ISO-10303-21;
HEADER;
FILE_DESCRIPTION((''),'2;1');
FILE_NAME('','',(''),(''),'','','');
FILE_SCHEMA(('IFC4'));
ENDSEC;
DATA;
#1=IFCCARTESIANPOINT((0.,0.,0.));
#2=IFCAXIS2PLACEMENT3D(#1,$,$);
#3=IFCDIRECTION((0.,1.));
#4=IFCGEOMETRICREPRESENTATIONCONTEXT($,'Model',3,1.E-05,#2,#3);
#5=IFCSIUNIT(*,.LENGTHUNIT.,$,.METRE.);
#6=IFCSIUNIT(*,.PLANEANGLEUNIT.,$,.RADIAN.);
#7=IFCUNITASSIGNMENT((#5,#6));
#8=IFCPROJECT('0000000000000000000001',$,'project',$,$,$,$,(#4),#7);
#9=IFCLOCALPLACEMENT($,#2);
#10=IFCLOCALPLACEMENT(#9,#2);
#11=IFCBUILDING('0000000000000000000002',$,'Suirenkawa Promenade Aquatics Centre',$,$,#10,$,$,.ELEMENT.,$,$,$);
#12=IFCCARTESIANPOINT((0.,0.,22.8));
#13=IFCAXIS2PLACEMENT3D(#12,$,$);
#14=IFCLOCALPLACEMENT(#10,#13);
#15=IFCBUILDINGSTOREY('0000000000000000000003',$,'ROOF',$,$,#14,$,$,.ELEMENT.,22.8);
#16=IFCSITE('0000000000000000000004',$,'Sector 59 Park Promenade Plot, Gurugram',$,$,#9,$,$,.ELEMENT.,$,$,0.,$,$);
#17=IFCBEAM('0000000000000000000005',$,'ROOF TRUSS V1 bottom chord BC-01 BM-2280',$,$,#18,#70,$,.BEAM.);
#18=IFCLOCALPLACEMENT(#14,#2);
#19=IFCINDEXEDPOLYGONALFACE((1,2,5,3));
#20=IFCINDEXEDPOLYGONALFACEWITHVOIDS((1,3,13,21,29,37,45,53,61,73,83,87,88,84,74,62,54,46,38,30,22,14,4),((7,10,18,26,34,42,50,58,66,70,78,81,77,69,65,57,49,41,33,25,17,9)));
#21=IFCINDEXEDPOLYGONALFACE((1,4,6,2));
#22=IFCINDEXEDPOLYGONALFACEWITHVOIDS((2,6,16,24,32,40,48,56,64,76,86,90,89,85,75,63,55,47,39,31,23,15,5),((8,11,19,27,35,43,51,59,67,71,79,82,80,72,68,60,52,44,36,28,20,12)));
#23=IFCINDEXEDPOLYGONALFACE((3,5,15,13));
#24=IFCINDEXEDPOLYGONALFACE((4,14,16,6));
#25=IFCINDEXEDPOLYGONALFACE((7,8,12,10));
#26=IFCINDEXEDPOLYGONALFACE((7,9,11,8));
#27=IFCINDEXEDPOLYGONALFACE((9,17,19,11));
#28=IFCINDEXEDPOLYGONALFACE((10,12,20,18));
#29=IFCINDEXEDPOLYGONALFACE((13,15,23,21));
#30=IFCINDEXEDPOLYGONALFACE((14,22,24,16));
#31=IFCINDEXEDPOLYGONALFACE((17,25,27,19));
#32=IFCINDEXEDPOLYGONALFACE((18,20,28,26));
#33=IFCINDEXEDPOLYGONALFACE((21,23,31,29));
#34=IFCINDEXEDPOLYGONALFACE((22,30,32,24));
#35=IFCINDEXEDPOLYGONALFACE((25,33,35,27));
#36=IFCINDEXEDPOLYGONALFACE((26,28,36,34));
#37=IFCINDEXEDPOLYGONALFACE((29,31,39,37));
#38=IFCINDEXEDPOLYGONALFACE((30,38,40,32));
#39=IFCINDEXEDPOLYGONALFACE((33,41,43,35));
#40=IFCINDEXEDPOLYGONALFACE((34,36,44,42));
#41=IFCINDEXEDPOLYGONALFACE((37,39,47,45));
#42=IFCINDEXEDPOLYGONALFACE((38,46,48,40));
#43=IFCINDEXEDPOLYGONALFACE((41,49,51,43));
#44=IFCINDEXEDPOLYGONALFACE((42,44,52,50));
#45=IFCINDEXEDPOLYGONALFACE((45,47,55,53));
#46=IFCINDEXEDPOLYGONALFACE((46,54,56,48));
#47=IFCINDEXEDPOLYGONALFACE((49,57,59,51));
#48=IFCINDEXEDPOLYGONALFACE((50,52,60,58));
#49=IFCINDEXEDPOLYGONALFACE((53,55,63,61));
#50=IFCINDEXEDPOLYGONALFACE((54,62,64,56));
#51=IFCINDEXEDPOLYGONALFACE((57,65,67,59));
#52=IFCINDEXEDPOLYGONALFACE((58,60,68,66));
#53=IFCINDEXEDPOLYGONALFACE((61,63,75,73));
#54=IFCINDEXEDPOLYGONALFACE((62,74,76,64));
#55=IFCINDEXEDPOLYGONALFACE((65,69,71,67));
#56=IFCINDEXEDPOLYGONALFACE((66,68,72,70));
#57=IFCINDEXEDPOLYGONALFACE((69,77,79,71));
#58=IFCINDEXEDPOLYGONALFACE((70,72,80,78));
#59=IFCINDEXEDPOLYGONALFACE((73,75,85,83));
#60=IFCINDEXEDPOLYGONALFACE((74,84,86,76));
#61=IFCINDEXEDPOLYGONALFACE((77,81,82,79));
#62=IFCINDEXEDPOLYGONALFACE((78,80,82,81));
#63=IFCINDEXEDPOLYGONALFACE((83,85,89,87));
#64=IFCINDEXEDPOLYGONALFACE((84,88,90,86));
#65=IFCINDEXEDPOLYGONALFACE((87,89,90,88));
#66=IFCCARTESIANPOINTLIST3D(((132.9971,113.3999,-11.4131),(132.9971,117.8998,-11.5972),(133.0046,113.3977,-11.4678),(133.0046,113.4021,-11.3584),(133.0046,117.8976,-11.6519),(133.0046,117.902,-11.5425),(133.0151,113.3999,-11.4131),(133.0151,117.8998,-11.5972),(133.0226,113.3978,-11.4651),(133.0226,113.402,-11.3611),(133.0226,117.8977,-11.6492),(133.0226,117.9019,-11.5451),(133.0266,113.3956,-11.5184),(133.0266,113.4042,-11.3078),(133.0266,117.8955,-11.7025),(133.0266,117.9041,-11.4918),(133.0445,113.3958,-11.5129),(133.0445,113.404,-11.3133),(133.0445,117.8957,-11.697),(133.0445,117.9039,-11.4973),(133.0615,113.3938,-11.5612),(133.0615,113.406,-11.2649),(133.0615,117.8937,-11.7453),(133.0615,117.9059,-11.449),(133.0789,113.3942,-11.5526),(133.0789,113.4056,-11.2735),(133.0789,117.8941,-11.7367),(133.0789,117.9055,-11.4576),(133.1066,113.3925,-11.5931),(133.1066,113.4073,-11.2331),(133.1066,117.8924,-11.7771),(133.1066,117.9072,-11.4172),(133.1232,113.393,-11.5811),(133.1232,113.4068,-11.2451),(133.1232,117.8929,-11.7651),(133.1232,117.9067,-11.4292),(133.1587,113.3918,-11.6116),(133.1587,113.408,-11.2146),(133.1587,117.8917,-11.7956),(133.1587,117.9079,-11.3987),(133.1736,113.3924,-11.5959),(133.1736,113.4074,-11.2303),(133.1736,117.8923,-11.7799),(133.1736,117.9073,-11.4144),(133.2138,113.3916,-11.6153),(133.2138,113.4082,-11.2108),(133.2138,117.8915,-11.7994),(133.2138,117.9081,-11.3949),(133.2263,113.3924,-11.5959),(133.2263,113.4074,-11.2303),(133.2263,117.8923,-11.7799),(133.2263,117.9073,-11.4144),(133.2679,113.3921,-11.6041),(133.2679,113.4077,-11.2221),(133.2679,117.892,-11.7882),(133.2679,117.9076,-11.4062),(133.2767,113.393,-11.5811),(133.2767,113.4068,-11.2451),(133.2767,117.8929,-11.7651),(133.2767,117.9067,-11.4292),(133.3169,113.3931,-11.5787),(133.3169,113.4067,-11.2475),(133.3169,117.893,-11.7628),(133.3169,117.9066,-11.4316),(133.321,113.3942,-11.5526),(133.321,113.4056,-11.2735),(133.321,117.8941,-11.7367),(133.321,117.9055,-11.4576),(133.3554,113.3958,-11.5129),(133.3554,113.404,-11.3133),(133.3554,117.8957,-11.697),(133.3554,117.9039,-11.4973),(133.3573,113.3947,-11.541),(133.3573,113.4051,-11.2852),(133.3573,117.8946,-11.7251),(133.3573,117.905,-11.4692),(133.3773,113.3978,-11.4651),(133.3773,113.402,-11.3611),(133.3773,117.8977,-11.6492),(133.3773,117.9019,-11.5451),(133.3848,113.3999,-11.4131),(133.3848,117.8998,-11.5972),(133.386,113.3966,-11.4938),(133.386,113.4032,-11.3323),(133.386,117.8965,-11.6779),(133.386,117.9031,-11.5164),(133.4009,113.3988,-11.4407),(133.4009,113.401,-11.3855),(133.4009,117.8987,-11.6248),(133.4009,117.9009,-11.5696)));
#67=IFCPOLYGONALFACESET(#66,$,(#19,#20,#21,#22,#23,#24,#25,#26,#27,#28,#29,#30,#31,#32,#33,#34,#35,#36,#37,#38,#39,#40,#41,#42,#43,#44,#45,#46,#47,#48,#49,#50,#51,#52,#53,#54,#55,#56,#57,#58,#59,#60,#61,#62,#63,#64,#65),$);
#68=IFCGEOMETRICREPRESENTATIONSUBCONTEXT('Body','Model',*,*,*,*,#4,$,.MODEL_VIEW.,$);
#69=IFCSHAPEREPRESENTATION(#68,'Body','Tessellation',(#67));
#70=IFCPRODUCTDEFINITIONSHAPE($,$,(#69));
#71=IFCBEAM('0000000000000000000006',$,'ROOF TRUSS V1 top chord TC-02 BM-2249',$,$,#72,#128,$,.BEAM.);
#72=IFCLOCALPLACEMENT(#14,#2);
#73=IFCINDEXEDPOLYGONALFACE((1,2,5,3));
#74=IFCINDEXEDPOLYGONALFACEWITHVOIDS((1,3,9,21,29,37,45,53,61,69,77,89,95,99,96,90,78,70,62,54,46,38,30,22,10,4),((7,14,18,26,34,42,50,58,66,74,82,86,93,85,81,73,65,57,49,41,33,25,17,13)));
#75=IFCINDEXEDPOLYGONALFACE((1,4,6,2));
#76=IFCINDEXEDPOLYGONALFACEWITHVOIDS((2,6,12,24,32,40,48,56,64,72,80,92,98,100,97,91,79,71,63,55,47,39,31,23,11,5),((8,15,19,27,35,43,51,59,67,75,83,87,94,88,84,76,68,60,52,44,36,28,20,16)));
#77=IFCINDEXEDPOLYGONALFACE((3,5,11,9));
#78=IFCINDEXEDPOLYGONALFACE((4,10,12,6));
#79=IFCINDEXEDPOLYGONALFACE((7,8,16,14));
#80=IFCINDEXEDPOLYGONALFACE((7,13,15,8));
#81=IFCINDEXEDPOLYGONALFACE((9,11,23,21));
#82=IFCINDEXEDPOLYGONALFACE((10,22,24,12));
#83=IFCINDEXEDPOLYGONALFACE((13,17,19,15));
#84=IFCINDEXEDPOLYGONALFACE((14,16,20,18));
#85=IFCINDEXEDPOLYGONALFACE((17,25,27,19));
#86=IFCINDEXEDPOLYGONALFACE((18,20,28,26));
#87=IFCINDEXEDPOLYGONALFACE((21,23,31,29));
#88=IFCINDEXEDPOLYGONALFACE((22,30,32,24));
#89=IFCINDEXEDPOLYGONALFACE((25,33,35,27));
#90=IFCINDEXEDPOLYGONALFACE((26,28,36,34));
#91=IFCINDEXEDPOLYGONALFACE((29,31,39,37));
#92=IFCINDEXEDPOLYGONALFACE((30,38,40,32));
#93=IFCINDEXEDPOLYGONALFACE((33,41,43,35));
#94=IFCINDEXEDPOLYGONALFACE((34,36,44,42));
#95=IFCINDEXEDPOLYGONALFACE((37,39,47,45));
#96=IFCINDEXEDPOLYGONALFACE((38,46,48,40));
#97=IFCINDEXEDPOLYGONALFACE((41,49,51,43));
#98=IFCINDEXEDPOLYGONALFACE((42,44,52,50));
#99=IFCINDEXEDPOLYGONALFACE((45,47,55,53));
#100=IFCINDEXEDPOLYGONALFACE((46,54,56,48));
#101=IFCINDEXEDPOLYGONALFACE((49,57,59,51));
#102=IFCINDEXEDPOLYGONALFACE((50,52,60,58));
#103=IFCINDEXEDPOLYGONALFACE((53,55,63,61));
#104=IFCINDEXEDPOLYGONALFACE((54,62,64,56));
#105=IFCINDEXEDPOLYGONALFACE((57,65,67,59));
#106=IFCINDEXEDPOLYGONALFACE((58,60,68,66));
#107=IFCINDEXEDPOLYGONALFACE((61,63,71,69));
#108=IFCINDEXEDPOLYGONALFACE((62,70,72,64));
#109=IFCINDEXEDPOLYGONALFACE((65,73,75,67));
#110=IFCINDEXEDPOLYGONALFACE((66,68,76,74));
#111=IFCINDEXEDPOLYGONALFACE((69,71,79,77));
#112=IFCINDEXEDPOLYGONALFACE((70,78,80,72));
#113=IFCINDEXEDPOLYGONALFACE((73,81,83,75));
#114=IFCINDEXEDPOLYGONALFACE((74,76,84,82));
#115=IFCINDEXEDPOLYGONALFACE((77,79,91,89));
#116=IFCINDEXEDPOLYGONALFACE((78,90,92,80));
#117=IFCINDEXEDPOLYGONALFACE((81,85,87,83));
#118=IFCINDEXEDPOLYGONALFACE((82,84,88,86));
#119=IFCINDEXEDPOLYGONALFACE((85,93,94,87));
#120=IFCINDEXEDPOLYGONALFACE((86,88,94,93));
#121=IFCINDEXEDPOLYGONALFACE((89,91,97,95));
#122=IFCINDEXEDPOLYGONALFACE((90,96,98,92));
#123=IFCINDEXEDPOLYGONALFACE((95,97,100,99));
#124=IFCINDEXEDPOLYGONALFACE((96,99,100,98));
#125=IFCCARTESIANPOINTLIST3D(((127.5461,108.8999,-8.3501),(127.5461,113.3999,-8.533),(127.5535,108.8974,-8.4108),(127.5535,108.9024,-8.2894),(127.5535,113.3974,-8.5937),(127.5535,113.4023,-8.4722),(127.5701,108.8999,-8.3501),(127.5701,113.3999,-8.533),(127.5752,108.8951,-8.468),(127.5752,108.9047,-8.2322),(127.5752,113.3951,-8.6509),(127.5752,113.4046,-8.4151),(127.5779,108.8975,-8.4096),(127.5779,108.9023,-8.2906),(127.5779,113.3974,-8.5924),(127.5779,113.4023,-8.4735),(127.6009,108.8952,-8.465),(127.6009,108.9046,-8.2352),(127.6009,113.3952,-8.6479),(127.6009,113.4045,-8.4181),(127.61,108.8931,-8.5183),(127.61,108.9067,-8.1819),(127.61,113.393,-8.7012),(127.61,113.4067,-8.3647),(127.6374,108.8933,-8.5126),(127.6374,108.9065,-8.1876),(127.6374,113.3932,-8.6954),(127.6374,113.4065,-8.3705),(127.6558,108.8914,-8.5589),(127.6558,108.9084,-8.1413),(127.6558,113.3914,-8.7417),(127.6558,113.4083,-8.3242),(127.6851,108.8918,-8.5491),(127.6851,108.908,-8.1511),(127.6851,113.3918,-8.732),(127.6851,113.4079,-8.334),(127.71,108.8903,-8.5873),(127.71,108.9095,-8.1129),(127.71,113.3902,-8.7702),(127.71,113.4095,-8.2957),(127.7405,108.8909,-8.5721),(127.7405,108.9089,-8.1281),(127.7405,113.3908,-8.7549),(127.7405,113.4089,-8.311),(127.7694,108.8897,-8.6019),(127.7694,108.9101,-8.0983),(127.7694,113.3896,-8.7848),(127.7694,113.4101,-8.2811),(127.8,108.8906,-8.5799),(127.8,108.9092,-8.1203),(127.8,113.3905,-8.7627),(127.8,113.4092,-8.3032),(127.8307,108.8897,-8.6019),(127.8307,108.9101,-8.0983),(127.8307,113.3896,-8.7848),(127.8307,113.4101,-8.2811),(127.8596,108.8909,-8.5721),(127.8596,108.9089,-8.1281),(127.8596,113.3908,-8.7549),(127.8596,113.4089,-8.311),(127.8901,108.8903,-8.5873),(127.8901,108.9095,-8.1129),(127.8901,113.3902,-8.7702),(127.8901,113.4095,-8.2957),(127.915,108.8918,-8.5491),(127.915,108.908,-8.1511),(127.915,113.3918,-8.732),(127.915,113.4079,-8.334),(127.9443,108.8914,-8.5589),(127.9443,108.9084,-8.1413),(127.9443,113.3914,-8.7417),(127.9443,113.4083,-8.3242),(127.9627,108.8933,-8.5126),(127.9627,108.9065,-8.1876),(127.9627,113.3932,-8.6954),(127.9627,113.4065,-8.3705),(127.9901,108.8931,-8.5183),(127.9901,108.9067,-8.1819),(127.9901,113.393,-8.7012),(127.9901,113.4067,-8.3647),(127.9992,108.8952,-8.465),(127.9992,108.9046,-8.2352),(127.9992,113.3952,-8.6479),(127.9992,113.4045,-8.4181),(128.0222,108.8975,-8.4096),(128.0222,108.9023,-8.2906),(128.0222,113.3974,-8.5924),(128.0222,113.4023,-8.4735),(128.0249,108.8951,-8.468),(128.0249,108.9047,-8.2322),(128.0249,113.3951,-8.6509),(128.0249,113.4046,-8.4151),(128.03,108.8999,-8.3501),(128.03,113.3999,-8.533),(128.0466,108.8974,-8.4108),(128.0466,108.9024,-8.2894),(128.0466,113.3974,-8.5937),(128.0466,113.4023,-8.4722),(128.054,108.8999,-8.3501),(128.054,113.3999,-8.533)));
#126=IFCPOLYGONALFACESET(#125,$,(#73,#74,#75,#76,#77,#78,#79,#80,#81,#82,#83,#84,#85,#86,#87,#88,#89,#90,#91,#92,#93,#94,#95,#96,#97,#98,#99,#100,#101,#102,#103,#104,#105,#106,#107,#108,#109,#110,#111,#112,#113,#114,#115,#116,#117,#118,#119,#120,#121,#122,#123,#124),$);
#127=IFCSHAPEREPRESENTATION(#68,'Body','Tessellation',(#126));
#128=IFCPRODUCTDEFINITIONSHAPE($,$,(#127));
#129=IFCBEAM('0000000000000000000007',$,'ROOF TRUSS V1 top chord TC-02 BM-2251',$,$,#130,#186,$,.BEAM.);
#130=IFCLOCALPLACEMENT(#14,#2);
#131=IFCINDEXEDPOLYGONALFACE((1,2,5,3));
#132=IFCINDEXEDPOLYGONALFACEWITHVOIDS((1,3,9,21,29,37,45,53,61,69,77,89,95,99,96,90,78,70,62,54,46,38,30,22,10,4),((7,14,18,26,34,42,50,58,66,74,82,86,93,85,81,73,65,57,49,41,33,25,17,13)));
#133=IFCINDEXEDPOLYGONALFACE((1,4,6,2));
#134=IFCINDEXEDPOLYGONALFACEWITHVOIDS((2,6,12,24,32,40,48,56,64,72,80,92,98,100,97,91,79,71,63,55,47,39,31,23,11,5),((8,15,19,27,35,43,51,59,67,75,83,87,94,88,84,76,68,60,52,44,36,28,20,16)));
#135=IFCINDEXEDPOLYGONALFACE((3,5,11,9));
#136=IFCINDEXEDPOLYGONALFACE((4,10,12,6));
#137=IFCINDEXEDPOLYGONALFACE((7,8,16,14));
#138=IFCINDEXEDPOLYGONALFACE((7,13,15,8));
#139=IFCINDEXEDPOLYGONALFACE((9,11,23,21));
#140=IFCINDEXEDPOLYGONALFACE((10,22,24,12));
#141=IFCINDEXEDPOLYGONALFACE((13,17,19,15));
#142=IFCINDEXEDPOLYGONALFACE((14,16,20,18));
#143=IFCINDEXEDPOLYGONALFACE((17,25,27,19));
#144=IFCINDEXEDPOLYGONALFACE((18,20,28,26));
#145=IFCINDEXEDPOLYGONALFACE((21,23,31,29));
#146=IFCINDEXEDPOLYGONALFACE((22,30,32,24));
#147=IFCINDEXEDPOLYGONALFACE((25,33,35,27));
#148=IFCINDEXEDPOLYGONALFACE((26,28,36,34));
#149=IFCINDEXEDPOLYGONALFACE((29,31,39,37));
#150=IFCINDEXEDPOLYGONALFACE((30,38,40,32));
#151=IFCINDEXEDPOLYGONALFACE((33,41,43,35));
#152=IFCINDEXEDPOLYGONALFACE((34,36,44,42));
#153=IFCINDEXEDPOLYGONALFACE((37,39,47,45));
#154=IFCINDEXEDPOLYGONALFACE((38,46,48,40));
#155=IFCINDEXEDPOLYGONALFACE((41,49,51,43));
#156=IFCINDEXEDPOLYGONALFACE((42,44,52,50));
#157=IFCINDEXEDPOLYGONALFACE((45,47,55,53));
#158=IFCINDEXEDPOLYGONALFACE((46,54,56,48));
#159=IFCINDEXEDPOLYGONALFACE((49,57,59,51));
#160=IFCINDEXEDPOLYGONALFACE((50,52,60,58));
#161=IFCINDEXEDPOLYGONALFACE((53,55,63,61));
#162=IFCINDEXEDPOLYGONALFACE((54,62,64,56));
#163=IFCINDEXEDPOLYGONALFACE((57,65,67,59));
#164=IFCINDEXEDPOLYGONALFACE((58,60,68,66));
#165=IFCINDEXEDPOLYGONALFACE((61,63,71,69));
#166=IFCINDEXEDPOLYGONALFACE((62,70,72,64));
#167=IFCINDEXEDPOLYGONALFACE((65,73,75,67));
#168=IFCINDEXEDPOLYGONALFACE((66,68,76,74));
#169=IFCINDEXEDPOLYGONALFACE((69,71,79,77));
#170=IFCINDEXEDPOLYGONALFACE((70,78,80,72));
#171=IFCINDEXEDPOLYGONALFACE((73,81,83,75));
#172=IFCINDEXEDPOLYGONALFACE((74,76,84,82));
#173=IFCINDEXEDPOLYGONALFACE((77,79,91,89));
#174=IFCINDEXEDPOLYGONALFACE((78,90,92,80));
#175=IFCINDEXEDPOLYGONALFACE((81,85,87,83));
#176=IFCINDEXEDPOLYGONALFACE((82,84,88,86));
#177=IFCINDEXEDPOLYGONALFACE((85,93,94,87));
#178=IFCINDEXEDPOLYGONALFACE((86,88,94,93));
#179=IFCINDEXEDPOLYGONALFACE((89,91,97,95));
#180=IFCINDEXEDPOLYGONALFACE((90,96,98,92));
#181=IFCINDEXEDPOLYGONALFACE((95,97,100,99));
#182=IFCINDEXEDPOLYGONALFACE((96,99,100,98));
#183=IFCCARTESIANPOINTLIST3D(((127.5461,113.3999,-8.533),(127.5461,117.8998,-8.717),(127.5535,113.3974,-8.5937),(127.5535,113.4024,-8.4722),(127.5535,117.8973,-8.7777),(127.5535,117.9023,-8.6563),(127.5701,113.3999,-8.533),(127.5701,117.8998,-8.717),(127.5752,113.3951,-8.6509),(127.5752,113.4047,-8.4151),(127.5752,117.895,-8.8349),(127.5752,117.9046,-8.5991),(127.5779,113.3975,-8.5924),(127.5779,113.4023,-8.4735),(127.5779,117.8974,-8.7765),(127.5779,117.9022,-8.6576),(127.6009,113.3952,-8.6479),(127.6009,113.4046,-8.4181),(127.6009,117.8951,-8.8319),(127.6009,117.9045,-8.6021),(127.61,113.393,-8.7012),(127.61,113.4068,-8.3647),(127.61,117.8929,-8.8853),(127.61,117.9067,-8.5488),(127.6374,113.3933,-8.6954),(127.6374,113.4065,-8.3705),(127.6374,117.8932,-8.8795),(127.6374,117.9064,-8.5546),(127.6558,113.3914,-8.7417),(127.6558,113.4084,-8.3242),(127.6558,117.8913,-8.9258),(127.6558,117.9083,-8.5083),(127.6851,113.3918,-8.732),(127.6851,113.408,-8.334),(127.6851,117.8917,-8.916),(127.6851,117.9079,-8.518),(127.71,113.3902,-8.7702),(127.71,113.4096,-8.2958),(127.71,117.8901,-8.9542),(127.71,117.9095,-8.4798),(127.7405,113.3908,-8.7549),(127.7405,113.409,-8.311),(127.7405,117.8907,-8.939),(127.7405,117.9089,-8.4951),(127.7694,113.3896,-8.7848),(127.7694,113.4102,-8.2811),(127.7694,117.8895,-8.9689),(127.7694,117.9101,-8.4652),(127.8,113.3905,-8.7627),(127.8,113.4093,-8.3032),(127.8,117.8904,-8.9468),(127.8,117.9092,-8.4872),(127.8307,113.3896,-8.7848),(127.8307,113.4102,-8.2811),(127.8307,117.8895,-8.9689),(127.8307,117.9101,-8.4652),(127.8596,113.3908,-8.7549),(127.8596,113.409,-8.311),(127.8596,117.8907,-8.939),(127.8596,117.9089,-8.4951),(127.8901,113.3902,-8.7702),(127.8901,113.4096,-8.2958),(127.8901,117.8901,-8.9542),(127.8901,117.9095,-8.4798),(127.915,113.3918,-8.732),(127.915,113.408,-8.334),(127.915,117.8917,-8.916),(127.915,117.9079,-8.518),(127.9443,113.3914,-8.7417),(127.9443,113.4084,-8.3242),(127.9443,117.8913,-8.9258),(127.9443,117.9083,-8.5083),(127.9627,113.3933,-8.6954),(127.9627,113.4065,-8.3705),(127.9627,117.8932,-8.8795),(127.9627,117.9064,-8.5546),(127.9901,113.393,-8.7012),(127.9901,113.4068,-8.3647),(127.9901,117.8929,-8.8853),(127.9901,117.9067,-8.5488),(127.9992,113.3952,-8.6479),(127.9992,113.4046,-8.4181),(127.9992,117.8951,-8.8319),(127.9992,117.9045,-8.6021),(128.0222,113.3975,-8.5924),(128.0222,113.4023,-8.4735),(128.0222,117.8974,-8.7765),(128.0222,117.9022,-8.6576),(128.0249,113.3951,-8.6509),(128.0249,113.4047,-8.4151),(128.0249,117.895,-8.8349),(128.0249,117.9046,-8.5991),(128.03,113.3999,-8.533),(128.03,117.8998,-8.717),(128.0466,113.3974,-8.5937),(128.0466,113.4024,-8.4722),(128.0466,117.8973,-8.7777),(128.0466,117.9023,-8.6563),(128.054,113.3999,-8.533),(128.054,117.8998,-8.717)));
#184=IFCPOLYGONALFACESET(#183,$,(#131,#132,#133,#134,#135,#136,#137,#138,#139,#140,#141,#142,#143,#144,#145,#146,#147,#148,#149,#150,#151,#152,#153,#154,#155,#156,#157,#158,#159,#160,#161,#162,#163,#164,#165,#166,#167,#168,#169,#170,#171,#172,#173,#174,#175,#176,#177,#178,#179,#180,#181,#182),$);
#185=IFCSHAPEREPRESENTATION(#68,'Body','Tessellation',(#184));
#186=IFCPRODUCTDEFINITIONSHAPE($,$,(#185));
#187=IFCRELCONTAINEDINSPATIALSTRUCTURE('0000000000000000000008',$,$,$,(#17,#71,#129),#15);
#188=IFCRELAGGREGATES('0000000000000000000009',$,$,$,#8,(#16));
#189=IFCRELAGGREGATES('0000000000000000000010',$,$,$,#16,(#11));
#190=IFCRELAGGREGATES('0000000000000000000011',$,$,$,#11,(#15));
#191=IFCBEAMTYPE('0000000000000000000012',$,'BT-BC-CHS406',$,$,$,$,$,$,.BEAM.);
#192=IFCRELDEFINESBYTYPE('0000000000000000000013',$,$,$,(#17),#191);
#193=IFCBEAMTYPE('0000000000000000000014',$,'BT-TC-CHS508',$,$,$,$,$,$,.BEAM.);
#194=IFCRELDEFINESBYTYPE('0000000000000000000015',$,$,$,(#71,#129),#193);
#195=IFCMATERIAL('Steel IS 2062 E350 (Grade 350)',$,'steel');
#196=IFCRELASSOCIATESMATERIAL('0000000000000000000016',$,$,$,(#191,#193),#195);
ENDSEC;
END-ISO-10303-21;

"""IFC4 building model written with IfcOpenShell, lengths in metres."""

from ifc_helpers import new_model, si_unit, direction, frame, origin, origin_2d, place, context, subcontext, project, spatial, hollow_circle, extrude, material, material_profile, profile_set, type_object, element, save


model = new_model("IFC4")

# Units and contexts
model_context = context("Model", 3, precision=1e-05, world=origin(), true_north=direction((0.0, 1.0)))
body_context = subcontext(model_context, "Body", "Model", "MODEL_VIEW")
ifc_project = project(units=[si_unit("LENGTHUNIT", "METRE"), si_unit("PLANEANGLEUNIT", "RADIAN")], contexts=[model_context])

# Site, building, storey
site_placement = place(None, origin())
site = spatial("IfcSite", under=ifc_project, at=site_placement, Name="Sector 59 Park Promenade Plot, Gurugram", CompositionType="ELEMENT", RefElevation=0.0)
building_placement = place(site_placement, origin())
building = spatial("IfcBuilding", under=site, at=building_placement, Name="Suirenkawa Promenade Aquatics Centre", CompositionType="ELEMENT")
storey_placement = place(building_placement, frame((0.0, 0.0, 22.8)))
storey = spatial("IfcBuildingStorey", under=building, at=storey_placement, Name="ROOF", CompositionType="ELEMENT", Elevation=22.8)

# Beams
ifc_material = material(Name="Steel IS 2062 E350 (Grade 350)", Category="steel")
ifc_material_profile_1 = material_profile(ifc_material, hollow_circle(Radius=0.2029, WallThickness=0.0181, at=origin_2d()), Name="CHS 406x18", Category="steel")
ifc_profile_set_1 = profile_set([ifc_material_profile_1], Name="Steel IS 2062 E350 (Grade 350)")
beam_type_1 = type_object("IfcBeamType", Name="BT-BC-CHS406", PredefinedType="BEAM", material=ifc_profile_set_1)
for number, where, z_axis, x_axis, name in (
    (1, (133.2, 113.3999, -11.4131), (0.0, 0.999164, -0.040873), (-1.0, 0.0, 0.0), "ROOF TRUSS V1 bottom chord BC-01 BM-2280"),
):
    element("IfcBeam", number, at=place(storey_placement, frame(where, z_axis=z_axis, x_axis=x_axis)), inside=storey, type_object=beam_type_1, Name=name, PredefinedType="BEAM", context=body_context, shape_type="SweptSolid", body=[
        extrude(hollow_circle(Radius=0.2029, WallThickness=0.0181, at=origin_2d()), origin(), (0.0, 0.0, 1.0), 4.5037),
    ])
ifc_material_profile_2 = material_profile(ifc_material, hollow_circle(Radius=0.2539, WallThickness=0.0239, at=origin_2d()), Name="CHS 508x24", Category="steel")
ifc_profile_set_2 = profile_set([ifc_material_profile_2], Name="Steel IS 2062 E350 (Grade 350)")
beam_type_2 = type_object("IfcBeamType", Name="BT-TC-CHS508", PredefinedType="BEAM", material=ifc_profile_set_2)
for number, where, z_axis, x_axis, name in (
    (2, (127.8, 108.8999, -8.3501), (0.0, 0.999175, -0.040602), (-1.0, 0.0, 0.0), "ROOF TRUSS V1 top chord TC-02 BM-2249"),
    (3, (127.8, 113.3999, -8.533), (0.0, 0.999164, -0.040873), (-1.0, 0.0, 0.0), "ROOF TRUSS V1 top chord TC-02 BM-2251"),
):
    element("IfcBeam", number, at=place(storey_placement, frame(where, z_axis=z_axis, x_axis=x_axis)), inside=storey, type_object=beam_type_2, Name=name, PredefinedType="BEAM", context=body_context, shape_type="SweptSolid", body=[
        extrude(hollow_circle(Radius=0.2539, WallThickness=0.0239, at=origin_2d()), origin(), (0.0, 0.0, 1.0), 4.5037),
    ])

save(model, "model.ifc")
